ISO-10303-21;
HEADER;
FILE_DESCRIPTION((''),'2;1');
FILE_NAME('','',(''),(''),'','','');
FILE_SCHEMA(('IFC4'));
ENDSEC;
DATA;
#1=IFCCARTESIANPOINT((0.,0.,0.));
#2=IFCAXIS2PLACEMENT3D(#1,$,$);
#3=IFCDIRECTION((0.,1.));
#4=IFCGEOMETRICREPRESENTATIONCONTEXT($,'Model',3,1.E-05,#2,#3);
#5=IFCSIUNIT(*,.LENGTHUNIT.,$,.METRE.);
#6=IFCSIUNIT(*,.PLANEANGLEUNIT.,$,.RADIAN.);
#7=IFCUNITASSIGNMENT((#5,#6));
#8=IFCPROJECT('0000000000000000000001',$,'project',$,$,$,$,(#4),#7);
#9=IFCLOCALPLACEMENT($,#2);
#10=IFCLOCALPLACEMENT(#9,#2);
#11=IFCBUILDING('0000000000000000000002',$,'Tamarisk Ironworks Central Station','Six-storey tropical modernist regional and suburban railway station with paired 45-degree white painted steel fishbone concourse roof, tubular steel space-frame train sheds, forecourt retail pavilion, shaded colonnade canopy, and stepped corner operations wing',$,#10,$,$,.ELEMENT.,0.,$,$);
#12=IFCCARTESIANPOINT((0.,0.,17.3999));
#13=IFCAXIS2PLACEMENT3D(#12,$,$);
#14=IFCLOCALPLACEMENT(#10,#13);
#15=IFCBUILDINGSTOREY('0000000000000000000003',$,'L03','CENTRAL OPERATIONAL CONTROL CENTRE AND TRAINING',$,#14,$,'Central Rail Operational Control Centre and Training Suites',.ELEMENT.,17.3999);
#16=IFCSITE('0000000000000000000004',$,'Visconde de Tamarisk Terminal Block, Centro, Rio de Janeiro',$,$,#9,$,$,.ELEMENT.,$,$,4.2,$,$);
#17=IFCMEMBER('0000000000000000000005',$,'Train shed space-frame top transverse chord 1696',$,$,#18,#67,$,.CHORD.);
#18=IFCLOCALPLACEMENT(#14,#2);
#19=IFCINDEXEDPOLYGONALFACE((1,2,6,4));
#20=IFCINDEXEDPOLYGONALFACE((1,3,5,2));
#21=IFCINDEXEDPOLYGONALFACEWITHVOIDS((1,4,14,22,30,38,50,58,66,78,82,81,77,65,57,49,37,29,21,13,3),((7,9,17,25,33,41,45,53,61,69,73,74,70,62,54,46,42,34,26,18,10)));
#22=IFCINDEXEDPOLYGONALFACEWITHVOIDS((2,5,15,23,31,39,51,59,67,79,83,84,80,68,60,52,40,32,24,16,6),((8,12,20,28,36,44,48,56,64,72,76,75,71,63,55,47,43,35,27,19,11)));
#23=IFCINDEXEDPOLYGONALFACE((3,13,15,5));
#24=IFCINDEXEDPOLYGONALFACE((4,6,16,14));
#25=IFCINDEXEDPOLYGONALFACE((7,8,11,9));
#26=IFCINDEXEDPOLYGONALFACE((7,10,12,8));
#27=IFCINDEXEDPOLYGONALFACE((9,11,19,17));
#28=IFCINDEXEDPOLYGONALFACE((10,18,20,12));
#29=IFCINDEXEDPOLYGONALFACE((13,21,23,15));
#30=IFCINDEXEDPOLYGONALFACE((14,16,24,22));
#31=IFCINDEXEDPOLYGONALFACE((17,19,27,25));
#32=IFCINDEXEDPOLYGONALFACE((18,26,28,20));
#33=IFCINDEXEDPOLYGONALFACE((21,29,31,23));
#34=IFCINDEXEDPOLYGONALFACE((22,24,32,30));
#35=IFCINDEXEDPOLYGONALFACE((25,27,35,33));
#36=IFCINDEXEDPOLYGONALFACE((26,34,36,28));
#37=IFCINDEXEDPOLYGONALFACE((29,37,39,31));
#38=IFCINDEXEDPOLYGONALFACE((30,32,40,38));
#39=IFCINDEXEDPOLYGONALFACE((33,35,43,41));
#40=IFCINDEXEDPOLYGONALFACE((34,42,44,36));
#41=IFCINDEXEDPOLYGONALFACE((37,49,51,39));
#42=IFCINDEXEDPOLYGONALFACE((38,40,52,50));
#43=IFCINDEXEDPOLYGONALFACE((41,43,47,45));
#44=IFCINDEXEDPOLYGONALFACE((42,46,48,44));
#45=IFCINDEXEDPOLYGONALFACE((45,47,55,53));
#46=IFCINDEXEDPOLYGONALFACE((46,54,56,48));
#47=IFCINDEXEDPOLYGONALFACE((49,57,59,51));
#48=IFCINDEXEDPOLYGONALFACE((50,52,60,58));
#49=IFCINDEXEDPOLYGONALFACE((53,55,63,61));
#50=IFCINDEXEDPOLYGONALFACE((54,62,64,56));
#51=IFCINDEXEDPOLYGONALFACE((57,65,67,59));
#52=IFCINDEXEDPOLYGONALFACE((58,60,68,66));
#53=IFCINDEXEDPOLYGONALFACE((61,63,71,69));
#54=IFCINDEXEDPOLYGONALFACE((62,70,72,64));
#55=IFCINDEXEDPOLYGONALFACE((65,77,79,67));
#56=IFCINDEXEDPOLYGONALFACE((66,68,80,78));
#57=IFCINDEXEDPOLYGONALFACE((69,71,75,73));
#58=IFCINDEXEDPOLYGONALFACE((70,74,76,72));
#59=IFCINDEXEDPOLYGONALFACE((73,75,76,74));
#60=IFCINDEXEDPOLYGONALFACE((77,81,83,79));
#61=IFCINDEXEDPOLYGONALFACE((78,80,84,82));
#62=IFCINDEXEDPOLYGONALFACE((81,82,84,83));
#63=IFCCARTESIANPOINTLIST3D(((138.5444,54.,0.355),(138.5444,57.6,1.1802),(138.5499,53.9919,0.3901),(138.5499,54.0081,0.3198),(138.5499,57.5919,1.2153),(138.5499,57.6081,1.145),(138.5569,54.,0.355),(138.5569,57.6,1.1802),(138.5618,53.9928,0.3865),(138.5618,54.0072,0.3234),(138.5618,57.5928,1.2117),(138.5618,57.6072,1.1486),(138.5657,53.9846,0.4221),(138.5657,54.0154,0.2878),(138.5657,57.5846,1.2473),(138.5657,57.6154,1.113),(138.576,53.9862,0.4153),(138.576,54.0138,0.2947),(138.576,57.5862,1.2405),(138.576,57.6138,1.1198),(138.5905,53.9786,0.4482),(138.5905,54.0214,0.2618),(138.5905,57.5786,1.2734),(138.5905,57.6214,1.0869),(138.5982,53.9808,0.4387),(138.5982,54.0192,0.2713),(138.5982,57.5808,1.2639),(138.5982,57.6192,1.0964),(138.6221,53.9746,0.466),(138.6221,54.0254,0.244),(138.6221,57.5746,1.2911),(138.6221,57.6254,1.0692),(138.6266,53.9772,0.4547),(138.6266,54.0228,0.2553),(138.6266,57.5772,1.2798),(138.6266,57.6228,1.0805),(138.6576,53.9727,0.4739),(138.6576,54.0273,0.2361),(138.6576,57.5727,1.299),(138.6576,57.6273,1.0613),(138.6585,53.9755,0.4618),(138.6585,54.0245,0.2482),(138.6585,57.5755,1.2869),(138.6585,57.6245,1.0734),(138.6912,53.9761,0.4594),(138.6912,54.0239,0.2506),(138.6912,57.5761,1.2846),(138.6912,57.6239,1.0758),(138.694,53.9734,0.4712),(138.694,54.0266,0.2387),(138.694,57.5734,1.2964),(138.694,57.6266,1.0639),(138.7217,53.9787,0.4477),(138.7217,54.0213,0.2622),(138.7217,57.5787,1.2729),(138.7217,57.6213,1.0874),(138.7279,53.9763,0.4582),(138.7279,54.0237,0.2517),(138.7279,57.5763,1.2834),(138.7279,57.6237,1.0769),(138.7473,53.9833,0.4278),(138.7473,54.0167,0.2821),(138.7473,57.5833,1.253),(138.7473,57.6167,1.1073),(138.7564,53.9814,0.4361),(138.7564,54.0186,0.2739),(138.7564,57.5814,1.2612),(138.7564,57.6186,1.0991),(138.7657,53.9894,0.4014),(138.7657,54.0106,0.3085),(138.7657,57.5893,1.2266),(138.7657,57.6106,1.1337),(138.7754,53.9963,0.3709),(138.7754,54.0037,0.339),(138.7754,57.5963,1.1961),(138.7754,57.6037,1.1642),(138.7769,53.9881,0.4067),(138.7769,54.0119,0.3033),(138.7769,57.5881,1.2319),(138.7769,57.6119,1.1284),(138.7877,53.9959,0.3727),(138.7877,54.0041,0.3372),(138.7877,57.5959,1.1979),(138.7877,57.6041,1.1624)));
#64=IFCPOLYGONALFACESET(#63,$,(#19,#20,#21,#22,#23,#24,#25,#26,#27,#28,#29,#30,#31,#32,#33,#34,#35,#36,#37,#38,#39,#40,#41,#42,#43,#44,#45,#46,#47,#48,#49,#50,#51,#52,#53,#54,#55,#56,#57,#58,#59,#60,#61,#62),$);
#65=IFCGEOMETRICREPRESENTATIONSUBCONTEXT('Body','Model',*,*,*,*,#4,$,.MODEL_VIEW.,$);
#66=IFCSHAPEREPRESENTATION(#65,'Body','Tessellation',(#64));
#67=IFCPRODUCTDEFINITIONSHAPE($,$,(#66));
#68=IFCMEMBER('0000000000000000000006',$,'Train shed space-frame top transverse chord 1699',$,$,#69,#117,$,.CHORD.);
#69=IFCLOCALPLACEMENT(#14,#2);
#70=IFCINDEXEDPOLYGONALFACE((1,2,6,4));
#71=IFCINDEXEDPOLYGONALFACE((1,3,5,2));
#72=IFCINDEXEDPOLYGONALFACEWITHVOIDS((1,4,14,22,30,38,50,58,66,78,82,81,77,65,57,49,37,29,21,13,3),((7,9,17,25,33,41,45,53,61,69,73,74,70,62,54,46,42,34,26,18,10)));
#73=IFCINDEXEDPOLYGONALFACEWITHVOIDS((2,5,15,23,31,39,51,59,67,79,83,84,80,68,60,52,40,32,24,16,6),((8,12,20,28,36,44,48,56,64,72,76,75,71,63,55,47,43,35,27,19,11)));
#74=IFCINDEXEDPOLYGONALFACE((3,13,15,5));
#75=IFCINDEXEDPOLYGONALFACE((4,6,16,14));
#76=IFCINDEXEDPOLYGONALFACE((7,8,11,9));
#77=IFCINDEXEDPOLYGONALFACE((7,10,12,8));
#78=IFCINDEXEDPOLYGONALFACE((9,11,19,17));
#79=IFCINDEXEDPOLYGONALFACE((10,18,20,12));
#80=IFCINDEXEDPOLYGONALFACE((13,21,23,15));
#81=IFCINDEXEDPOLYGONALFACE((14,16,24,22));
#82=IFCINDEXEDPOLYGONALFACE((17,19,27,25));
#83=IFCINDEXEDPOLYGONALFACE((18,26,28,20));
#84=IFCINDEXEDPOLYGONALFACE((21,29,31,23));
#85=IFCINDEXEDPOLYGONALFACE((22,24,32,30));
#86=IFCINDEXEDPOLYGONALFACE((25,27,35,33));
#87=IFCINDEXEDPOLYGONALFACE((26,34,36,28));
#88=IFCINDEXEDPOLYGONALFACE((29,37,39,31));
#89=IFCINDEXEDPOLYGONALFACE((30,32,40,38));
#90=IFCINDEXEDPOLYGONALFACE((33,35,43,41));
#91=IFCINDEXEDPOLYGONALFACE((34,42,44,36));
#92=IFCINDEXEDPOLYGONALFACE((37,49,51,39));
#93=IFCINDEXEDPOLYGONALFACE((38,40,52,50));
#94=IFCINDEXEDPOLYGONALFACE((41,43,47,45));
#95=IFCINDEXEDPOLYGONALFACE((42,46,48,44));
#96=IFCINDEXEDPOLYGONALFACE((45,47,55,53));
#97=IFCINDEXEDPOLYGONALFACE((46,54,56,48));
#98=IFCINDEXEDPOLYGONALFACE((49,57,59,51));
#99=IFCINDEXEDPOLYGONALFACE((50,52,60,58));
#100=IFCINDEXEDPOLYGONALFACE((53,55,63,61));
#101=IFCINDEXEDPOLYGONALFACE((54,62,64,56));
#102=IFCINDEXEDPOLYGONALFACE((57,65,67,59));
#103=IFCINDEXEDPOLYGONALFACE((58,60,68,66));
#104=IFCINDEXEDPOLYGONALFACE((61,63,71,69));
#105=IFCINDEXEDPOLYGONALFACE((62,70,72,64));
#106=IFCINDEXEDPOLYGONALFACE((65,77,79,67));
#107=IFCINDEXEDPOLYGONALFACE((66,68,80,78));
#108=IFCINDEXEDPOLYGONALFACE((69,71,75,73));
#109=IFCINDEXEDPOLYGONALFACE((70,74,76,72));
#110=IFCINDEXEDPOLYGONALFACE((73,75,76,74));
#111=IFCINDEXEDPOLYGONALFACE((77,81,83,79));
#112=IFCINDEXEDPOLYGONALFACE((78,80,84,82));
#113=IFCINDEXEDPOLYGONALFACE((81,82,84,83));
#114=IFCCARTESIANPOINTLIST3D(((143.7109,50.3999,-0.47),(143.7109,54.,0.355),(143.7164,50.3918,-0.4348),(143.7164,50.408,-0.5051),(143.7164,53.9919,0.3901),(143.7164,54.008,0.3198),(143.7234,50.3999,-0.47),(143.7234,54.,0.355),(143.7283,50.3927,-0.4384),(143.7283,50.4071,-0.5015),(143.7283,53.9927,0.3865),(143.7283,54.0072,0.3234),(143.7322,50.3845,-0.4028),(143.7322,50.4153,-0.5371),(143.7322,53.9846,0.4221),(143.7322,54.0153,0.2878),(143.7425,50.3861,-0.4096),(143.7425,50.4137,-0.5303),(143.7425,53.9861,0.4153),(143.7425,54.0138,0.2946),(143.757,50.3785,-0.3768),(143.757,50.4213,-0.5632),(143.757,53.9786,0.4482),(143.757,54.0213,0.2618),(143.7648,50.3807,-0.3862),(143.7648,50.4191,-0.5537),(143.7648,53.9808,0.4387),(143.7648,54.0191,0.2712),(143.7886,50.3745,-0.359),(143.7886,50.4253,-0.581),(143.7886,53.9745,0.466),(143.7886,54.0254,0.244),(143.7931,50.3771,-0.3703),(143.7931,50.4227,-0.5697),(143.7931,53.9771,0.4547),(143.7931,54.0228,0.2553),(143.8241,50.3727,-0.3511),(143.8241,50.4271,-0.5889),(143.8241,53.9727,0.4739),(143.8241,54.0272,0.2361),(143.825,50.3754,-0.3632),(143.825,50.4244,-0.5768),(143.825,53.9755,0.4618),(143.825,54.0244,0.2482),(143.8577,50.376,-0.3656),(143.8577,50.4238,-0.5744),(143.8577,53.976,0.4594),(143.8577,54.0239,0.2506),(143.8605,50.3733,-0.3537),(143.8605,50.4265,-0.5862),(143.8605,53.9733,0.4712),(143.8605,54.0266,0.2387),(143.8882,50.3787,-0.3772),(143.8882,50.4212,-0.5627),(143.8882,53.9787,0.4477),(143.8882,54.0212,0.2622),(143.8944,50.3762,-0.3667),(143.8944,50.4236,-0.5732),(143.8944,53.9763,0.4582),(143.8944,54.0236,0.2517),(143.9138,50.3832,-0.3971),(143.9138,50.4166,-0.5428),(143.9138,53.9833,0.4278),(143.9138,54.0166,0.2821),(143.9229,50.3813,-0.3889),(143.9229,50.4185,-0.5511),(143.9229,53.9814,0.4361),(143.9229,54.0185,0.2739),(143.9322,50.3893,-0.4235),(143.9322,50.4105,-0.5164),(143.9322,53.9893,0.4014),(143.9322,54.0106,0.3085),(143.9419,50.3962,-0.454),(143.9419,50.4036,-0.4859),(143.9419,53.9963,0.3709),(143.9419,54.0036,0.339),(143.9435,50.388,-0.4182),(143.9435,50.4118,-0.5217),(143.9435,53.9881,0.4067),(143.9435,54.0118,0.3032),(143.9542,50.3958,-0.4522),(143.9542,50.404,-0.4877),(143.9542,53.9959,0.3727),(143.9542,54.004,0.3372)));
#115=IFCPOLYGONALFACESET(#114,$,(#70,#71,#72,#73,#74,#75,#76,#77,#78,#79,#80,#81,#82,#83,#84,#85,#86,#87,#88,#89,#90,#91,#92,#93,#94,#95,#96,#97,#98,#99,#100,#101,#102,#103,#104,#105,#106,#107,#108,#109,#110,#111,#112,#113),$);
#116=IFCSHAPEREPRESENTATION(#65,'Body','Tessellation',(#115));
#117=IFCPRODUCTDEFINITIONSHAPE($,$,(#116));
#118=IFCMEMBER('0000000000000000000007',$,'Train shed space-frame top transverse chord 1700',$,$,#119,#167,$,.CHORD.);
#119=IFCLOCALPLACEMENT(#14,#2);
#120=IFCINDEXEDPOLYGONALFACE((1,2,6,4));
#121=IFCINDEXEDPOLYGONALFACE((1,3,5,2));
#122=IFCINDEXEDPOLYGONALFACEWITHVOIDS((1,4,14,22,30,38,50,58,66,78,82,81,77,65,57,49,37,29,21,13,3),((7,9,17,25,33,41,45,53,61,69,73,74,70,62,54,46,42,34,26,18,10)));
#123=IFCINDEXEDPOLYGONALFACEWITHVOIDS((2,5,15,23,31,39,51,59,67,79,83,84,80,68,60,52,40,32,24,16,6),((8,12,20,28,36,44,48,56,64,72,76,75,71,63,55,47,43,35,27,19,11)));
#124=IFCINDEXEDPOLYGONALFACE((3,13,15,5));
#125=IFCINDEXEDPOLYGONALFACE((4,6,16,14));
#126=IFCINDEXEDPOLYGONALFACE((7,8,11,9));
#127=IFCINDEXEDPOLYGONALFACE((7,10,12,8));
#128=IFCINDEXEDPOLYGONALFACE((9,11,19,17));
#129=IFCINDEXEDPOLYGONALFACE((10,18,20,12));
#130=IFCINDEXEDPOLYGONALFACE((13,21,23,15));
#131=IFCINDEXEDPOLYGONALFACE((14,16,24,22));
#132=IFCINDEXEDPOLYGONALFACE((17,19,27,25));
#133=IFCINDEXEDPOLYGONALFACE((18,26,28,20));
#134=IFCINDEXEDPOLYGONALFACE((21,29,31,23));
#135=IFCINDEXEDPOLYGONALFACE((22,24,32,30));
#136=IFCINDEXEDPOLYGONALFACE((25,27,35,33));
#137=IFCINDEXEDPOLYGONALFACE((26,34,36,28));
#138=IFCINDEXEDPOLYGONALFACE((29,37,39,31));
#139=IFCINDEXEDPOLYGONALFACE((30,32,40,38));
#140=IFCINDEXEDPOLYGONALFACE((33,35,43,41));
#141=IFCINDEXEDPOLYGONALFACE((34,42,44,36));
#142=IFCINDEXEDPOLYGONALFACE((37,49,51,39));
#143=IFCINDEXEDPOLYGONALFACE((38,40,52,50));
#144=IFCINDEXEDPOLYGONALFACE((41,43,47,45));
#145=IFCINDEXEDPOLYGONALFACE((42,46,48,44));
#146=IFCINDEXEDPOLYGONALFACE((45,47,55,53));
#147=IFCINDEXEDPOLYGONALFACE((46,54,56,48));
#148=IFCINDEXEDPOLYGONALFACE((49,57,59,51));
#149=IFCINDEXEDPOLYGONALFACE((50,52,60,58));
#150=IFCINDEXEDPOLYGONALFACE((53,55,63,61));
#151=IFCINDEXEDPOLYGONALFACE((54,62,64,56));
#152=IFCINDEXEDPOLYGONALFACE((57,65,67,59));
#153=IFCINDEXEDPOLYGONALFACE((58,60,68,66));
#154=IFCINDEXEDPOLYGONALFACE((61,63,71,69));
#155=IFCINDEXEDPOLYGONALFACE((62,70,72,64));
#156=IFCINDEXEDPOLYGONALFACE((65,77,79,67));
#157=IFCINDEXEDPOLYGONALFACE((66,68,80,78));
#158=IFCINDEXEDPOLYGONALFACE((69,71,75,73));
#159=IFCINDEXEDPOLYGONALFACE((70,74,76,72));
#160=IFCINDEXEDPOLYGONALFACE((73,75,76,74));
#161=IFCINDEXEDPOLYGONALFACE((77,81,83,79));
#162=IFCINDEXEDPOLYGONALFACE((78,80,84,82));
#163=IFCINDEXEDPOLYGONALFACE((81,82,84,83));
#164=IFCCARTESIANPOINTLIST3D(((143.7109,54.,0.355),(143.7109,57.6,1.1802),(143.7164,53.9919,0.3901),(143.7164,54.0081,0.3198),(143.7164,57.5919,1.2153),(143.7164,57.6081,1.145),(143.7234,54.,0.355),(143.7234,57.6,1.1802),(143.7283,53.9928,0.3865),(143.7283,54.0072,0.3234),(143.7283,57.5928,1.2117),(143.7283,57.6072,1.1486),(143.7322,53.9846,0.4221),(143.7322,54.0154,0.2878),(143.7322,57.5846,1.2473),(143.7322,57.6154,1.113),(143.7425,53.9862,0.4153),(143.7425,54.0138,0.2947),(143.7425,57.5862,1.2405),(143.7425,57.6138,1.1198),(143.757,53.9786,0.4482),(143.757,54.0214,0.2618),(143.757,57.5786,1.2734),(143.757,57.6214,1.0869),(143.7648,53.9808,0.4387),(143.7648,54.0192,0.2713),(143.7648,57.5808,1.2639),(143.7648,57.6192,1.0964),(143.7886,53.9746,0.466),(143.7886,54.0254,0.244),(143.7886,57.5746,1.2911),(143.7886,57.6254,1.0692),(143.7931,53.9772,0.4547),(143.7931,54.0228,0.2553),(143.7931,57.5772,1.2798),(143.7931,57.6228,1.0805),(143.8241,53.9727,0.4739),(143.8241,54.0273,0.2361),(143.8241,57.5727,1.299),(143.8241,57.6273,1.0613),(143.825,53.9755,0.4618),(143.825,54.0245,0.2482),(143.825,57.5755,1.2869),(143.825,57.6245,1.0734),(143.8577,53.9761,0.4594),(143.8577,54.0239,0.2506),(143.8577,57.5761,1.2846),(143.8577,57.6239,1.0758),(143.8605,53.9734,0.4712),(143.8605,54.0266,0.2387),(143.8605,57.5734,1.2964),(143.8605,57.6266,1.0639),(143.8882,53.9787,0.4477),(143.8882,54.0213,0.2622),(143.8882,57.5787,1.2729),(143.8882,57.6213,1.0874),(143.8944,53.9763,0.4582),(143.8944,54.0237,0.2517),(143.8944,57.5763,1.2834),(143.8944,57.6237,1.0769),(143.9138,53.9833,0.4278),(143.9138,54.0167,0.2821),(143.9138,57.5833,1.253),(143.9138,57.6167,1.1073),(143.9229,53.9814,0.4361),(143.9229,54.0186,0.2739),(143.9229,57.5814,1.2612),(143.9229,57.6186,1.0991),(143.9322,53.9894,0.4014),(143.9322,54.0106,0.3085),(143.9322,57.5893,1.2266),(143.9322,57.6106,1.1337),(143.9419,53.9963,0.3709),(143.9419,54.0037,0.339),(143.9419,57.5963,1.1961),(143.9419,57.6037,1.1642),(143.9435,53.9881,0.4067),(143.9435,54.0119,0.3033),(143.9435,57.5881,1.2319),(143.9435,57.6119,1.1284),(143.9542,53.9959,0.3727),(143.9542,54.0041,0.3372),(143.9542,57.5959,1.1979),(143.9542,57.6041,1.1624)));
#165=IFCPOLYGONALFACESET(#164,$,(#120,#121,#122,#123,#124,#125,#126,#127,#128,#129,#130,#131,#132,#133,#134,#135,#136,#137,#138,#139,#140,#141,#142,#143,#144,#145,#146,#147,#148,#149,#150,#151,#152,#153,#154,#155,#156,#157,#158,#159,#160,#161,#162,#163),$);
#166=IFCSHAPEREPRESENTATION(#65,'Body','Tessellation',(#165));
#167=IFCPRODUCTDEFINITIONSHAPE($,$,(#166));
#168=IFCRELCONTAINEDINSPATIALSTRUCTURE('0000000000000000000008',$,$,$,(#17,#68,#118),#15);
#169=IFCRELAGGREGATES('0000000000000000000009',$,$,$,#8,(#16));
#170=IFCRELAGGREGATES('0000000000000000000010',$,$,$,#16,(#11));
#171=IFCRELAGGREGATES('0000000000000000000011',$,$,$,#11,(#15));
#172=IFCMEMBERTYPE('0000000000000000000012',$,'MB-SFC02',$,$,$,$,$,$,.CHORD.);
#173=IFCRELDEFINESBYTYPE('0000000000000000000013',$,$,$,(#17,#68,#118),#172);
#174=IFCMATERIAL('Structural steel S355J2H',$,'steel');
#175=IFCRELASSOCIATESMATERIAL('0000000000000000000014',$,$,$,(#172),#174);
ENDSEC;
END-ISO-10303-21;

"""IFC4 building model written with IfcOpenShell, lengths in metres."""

from ifc_helpers import new_model, si_unit, direction, frame, origin, origin_2d, place, context, subcontext, project, spatial, hollow_circle, extrude, material, material_profile, profile_set, type_object, element, save


model = new_model("IFC4")

# Units and contexts
model_context = context("Model", 3, precision=1e-05, world=origin(), true_north=direction((0.0, 1.0)))
body_context = subcontext(model_context, "Body", "Model", "MODEL_VIEW")
ifc_project = project(units=[si_unit("LENGTHUNIT", "METRE"), si_unit("PLANEANGLEUNIT", "RADIAN")], contexts=[model_context])

# Site, building, storey
site_placement = place(None, origin())
site = spatial("IfcSite", under=ifc_project, at=site_placement, Name="Visconde de Tamarisk Terminal Block, Centro, Rio de Janeiro", CompositionType="ELEMENT", RefElevation=4.2)
building_placement = place(site_placement, origin())
building = spatial("IfcBuilding", under=site, at=building_placement, Name="Tamarisk Ironworks Central Station", Description="Six-storey tropical modernist regional and suburban railway station with paired 45-degree white painted steel fishbone concourse roof, tubular steel space-frame train sheds, forecourt retail pavilion, shaded colonnade canopy, and stepped corner operations wing", CompositionType="ELEMENT", ElevationOfRefHeight=0.0)
storey_placement = place(building_placement, frame((0.0, 0.0, 17.3999)))
storey = spatial("IfcBuildingStorey", under=building, at=storey_placement, Name="L03", Description="CENTRAL OPERATIONAL CONTROL CENTRE AND TRAINING", LongName="Central Rail Operational Control Centre and Training Suites", CompositionType="ELEMENT", Elevation=17.3999)

# Members
ifc_material_1 = material(Name="Structural steel S355J2H", Category="steel")
ifc_material_profile_1 = material_profile(ifc_material_1, hollow_circle(Radius=0.1223, WallThickness=0.0125, at=origin_2d()), Name="CHS 244.5x12.5")
ifc_profile_set_1 = profile_set([ifc_material_profile_1], Name="Structural steel S355J2H")
member_type_1 = type_object("IfcMemberType", Name="MB-SFC02", PredefinedType="CHORD", material=ifc_profile_set_1)
for number, where, z_axis, x_axis, name in (
    (1, (138.6667, 54.0, 0.355), (0.0, 0.974722, 0.223421), (-1.0, 0.0, 0.0), "Train shed space-frame top transverse chord 1696"),
    (2, (143.8333, 50.3999, -0.47), (0.0, 0.974737, 0.223358), (-1.0, 0.0, 0.0), "Train shed space-frame top transverse chord 1699"),
    (3, (143.8333, 54.0, 0.355), (0.0, 0.974722, 0.223421), (-1.0, 0.0, 0.0), "Train shed space-frame top transverse chord 1700"),
):
    element("IfcMember", number, at=place(storey_placement, frame(where, z_axis=z_axis, x_axis=x_axis)), inside=storey, type_object=member_type_1, Name=name, PredefinedType="CHORD", context=body_context, shape_type="SweptSolid", body=[
        extrude(hollow_circle(Radius=0.1223, WallThickness=0.0125, at=origin_2d()), origin(), (0.0, 0.0, 1.0), 3.6934),
    ])

save(model, "model.ifc")
